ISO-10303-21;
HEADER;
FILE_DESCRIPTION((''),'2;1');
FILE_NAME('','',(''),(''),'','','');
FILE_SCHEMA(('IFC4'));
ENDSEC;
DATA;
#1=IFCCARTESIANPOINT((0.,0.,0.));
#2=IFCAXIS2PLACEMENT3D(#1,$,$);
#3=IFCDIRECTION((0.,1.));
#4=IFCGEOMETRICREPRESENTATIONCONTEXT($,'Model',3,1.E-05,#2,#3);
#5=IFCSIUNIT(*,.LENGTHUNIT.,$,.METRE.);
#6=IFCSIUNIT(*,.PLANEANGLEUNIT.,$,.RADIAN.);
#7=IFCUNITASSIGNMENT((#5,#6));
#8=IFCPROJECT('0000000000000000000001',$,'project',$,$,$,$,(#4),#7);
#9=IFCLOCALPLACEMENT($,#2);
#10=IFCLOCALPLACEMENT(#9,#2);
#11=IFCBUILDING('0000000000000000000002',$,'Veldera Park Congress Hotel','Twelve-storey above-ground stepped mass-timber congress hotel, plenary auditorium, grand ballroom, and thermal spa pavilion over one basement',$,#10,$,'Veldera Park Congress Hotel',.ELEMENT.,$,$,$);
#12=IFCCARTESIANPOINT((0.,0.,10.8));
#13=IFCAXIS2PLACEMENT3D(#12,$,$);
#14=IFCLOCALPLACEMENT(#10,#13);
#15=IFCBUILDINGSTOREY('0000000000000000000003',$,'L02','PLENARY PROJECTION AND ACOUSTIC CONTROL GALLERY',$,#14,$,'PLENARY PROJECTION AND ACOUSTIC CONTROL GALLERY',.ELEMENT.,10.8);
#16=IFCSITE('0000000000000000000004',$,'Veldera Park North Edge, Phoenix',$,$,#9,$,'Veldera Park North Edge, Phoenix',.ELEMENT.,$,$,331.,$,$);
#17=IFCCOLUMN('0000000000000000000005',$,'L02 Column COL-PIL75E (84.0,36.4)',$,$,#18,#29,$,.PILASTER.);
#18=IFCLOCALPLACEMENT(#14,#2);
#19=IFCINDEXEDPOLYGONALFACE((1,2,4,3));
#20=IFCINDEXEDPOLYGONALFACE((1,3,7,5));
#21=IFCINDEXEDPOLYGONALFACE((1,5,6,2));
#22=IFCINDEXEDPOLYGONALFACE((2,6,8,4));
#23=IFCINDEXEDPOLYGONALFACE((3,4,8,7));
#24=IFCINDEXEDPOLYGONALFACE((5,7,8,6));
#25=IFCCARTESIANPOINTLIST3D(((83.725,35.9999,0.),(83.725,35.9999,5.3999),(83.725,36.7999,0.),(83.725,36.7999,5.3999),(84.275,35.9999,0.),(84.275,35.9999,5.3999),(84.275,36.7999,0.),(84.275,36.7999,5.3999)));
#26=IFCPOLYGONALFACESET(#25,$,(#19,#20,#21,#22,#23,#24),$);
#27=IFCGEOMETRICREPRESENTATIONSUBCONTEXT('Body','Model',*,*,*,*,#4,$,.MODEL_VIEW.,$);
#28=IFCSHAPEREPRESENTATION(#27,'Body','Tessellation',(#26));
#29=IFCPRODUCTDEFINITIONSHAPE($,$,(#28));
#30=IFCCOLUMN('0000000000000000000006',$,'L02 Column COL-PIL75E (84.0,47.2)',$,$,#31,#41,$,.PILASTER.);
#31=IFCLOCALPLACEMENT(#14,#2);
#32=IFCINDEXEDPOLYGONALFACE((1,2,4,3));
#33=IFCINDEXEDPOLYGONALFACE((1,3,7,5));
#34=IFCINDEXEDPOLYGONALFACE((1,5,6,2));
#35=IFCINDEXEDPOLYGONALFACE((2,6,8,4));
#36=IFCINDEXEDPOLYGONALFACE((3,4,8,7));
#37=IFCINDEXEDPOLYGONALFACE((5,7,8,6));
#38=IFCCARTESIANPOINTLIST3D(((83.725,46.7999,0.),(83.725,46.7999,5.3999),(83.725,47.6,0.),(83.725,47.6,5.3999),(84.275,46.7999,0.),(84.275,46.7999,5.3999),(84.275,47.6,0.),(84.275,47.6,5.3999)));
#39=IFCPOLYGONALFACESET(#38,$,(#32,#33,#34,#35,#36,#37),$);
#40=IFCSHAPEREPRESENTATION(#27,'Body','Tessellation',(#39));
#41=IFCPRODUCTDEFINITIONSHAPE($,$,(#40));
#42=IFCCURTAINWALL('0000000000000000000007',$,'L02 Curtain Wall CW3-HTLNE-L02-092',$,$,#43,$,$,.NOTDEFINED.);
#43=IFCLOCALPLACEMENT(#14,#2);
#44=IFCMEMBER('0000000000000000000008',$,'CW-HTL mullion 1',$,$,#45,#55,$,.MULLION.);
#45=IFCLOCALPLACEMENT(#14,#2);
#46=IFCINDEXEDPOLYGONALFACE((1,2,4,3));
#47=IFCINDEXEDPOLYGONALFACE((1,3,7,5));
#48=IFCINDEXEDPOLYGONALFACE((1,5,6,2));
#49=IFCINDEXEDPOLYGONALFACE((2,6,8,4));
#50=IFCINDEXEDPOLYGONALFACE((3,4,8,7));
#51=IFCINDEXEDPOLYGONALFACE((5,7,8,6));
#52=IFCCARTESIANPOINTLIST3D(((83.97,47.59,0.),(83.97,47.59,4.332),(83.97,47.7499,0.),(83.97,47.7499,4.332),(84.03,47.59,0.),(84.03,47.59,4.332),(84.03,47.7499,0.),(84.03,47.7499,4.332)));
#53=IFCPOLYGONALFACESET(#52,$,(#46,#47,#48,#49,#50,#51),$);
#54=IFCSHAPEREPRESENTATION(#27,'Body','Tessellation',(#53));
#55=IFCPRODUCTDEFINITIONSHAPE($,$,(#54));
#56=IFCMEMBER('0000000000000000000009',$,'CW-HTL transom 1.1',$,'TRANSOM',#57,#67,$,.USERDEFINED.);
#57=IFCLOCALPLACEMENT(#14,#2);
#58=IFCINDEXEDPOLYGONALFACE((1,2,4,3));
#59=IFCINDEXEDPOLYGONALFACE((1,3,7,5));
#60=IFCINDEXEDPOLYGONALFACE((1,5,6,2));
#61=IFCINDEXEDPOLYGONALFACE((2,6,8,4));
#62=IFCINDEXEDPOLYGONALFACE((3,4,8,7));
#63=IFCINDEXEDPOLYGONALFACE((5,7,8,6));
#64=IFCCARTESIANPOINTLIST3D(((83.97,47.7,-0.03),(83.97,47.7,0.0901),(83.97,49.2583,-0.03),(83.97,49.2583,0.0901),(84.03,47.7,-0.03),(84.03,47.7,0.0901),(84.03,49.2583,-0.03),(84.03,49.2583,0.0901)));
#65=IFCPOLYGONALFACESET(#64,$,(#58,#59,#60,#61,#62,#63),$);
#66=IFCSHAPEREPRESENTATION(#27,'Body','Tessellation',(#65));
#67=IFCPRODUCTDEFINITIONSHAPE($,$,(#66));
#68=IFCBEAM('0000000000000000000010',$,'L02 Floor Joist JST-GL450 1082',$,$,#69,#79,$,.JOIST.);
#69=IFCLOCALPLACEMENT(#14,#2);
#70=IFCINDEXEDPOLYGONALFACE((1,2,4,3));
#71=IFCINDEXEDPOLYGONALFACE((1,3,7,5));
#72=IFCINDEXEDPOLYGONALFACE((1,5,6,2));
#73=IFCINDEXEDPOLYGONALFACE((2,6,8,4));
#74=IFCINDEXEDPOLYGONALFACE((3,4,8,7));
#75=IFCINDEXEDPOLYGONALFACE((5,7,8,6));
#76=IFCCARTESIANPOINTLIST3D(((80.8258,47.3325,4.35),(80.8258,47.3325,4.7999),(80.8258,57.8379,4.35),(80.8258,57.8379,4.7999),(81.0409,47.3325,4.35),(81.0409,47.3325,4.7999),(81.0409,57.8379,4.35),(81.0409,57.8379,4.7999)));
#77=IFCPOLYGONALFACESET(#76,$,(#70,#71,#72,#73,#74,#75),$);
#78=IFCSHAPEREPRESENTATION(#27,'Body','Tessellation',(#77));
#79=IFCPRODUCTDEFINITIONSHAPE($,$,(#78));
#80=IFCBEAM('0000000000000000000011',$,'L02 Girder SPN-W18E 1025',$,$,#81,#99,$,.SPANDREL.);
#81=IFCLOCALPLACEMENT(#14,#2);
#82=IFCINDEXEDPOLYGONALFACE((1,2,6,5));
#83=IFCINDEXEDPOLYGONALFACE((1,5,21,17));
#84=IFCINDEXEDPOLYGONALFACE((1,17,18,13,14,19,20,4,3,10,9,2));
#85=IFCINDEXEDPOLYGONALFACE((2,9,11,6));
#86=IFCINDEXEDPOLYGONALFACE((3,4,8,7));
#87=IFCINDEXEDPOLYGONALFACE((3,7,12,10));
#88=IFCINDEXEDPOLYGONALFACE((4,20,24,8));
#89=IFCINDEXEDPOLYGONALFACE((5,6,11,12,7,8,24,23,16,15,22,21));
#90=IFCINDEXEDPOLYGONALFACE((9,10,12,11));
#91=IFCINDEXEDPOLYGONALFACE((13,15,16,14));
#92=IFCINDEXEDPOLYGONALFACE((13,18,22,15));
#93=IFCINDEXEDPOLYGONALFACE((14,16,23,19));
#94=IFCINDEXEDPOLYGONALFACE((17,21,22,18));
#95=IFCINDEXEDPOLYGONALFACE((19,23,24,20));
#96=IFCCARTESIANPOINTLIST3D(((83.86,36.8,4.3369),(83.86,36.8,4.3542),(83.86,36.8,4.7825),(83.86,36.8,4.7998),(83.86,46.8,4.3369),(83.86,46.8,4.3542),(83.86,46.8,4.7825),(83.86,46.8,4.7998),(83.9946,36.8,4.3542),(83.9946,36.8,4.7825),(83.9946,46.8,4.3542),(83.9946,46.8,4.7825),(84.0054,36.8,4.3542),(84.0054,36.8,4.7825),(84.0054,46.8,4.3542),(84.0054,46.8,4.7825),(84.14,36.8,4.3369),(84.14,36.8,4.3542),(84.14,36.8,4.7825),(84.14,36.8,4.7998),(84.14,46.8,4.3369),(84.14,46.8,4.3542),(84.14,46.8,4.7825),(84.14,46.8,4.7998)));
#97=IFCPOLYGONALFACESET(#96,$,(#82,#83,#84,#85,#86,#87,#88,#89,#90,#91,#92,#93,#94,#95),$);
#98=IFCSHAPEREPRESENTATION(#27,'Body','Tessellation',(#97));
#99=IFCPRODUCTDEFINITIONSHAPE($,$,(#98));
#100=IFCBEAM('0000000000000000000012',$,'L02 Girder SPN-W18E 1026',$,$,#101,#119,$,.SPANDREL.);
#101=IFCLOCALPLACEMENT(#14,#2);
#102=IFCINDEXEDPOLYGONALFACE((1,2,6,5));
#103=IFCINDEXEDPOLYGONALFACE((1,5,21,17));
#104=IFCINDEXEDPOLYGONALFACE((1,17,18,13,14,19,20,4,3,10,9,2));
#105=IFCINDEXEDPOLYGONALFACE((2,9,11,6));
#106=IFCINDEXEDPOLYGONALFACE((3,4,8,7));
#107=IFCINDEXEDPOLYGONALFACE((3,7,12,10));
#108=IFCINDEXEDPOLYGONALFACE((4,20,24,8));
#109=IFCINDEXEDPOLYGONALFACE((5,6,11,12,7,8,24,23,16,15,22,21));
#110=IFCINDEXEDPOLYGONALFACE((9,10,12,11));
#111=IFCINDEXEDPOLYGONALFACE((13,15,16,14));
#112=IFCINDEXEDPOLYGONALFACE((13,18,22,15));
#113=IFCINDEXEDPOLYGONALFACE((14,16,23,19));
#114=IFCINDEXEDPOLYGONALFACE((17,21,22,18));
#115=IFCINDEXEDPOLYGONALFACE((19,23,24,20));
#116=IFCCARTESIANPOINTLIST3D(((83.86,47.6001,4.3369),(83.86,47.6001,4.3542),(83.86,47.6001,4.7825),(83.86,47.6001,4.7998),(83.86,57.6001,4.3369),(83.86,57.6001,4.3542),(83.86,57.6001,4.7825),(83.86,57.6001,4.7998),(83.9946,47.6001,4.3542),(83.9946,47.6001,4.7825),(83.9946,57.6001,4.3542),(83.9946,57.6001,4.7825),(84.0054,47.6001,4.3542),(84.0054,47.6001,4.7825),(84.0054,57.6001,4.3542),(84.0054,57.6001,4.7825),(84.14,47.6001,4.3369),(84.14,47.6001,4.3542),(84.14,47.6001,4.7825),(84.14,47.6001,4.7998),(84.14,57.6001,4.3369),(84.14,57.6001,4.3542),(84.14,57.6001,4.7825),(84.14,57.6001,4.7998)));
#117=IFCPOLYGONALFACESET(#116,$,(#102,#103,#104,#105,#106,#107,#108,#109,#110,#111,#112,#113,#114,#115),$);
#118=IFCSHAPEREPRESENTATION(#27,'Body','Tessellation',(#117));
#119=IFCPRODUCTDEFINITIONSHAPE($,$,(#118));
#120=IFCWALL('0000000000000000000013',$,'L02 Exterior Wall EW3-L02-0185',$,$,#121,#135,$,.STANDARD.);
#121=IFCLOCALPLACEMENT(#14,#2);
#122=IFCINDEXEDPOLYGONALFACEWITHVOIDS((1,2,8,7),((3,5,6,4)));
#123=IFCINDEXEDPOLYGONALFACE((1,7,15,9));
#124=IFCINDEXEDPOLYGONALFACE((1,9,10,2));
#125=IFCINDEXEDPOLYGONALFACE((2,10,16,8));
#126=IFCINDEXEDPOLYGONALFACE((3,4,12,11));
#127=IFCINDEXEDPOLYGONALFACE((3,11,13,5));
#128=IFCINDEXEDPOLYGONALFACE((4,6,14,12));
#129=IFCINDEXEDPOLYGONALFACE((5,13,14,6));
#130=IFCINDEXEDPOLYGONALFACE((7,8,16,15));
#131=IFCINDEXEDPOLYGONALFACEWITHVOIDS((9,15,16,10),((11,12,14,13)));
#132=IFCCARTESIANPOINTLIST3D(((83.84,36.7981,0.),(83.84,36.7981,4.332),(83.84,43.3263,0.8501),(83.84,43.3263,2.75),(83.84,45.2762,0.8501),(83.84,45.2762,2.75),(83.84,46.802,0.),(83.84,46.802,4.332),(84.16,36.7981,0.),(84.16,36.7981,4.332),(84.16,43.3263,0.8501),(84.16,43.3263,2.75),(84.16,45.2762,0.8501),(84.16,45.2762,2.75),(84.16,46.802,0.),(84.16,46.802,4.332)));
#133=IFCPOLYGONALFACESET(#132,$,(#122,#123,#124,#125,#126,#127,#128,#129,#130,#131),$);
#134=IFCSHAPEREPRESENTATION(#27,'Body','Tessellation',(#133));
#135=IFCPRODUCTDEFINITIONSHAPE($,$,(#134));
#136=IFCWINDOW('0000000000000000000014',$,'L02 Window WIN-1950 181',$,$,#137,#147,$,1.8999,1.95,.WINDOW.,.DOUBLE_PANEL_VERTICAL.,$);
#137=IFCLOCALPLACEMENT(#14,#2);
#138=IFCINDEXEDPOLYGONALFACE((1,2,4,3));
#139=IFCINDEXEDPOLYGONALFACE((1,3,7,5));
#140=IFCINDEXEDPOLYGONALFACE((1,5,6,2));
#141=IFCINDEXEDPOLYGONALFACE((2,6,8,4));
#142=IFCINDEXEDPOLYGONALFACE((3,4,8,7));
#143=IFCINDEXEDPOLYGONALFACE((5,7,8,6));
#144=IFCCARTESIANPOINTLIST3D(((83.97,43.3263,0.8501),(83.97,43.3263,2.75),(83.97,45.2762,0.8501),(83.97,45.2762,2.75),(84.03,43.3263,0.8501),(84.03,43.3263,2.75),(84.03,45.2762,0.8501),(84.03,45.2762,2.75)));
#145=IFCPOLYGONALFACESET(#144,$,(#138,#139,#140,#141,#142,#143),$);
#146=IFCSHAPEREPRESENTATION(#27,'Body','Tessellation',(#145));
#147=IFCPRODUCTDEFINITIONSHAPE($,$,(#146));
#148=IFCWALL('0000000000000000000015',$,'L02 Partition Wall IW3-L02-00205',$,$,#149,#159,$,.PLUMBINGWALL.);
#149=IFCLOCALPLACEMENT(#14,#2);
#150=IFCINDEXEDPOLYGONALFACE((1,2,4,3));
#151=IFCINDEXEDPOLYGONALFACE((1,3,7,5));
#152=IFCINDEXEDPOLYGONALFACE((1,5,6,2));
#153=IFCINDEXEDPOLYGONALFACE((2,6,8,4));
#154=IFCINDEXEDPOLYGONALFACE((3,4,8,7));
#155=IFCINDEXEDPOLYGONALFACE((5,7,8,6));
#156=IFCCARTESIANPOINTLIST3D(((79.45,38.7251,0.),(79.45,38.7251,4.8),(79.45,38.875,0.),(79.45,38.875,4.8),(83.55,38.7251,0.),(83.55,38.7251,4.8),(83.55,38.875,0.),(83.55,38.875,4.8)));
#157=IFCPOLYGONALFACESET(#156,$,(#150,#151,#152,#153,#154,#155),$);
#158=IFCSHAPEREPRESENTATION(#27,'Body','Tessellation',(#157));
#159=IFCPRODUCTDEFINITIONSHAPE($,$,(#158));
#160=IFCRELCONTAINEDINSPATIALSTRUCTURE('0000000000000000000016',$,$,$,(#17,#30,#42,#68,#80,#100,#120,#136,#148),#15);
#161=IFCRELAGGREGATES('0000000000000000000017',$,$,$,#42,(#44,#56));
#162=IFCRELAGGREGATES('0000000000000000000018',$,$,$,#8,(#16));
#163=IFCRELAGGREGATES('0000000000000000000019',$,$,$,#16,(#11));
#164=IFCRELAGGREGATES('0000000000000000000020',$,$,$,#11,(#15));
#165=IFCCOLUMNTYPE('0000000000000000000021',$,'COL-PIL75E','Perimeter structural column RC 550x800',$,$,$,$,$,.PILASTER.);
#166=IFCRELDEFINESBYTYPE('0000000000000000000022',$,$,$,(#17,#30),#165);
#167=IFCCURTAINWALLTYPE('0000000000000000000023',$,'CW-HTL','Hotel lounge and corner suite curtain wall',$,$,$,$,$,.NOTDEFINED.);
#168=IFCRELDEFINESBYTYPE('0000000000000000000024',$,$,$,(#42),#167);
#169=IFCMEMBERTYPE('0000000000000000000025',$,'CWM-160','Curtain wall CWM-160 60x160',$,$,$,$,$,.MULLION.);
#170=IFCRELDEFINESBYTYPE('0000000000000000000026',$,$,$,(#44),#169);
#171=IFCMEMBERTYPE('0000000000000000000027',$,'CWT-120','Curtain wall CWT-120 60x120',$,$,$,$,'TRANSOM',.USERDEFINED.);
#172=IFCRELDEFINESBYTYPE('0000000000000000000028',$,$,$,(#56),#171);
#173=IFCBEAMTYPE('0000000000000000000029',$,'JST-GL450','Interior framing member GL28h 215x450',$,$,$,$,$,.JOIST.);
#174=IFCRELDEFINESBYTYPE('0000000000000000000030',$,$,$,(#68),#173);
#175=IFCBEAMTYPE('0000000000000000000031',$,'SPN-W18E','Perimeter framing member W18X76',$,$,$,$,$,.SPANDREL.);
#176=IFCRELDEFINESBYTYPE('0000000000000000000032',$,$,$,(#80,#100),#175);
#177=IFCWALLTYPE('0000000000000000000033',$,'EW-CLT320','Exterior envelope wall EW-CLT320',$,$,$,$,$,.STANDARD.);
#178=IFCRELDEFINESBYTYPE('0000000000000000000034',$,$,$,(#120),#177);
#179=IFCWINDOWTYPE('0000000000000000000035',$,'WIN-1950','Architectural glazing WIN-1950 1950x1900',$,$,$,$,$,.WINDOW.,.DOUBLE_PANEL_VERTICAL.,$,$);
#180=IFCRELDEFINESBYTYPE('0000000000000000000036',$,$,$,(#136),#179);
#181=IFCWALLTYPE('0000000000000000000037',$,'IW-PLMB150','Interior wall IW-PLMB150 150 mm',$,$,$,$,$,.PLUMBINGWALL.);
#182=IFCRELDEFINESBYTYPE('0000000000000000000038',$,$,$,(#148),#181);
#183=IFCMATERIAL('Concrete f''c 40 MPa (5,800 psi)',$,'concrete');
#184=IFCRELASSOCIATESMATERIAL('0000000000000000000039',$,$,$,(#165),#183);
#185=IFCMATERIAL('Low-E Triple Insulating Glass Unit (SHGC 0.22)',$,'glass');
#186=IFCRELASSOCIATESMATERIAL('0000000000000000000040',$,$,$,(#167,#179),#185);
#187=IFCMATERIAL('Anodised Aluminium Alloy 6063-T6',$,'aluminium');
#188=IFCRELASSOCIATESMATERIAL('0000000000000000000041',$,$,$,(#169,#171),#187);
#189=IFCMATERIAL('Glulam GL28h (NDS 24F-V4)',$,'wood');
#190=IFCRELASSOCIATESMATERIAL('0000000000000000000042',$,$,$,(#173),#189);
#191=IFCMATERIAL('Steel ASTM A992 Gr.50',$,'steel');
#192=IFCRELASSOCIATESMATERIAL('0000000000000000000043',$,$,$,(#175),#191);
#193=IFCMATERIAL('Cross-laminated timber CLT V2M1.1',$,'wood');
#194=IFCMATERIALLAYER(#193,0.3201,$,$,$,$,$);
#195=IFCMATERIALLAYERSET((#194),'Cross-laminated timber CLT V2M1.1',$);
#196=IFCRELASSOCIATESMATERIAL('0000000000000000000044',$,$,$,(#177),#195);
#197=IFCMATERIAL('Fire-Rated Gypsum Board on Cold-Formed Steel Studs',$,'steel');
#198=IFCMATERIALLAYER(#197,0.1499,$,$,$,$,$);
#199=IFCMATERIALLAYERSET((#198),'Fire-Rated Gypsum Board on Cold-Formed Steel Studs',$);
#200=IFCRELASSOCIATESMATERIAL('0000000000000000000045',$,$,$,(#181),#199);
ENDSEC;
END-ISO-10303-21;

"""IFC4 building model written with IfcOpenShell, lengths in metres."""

from ifc_helpers import new_model, si_unit, direction, frame, frame_2d, origin, origin_2d, place, context, subcontext, project, spatial, rectangle, i_section, extrude, material, layer, layer_set, material_profile, profile_set, type_object, element, fill, aggregate, save


model = new_model("IFC4")

# Units and contexts
model_context = context("Model", 3, precision=1e-05, world=origin(), true_north=direction((0.0, 1.0)))
body_context = subcontext(model_context, "Body", "Model", "MODEL_VIEW")
ifc_project = project(units=[si_unit("LENGTHUNIT", "METRE"), si_unit("PLANEANGLEUNIT", "RADIAN")], contexts=[model_context])

# Site, building, storey
site_placement = place(None, origin())
site = spatial("IfcSite", under=ifc_project, at=site_placement, Name="Veldera Park North Edge, Phoenix", LongName="Veldera Park North Edge, Phoenix", CompositionType="ELEMENT", RefElevation=331.0)
building_placement = place(site_placement, origin())
building = spatial("IfcBuilding", under=site, at=building_placement, Name="Veldera Park Congress Hotel", Description="Twelve-storey above-ground stepped mass-timber congress hotel, plenary auditorium, grand ballroom, and thermal spa pavilion over one basement", LongName="Veldera Park Congress Hotel", CompositionType="ELEMENT")
storey_placement = place(building_placement, frame((0.0, 0.0, 10.8)))
storey = spatial("IfcBuildingStorey", under=building, at=storey_placement, Name="L02", Description="PLENARY PROJECTION AND ACOUSTIC CONTROL GALLERY", LongName="PLENARY PROJECTION AND ACOUSTIC CONTROL GALLERY", CompositionType="ELEMENT", Elevation=10.8)

# Columns
ifc_material_1 = material(Name="Concrete f'c 40 MPa (5,800 psi)", Category="concrete")
ifc_material_profile_1 = material_profile(ifc_material_1, rectangle(XDim=0.55, YDim=0.8, at=origin_2d()), Name="RC 550x800")
ifc_profile_set_1 = profile_set([ifc_material_profile_1], Name="Concrete f'c 40 MPa (5,800 psi)")
column_type = type_object("IfcColumnType", Name="COL-PIL75E", Description="Perimeter structural column RC 550x800", PredefinedType="PILASTER", material=ifc_profile_set_1)
for number, where, z_axis, x_axis, name in (
    (1, (84.0, 36.3999, 0.0), (0.0, 0.0, 1.0), (1.0, 0.0, 0.0), "L02 Column COL-PIL75E (84.0,36.4)"),
    (2, (84.0, 47.2, 0.0), (0.0, 0.0, 1.0), (1.0, 0.0, 0.0), "L02 Column COL-PIL75E (84.0,47.2)"),
):
    element("IfcColumn", number, at=place(storey_placement, frame(where, z_axis=z_axis, x_axis=x_axis)), inside=storey, type_object=column_type, Name=name, PredefinedType="PILASTER", context=body_context, shape_type="SweptSolid", body=[
        extrude(rectangle(XDim=0.55, YDim=0.8, at=origin_2d()), origin(), (0.0, 0.0, 1.0), 5.3999),
    ])

# Curtain wall, members
ifc_material_2 = material(Name="Low-E Triple Insulating Glass Unit (SHGC 0.22)", Category="glass")
curtain_wall_type = type_object("IfcCurtainWallType", Name="CW-HTL", Description="Hotel lounge and corner suite curtain wall", PredefinedType="NOTDEFINED", material=ifc_material_2)
curtain_wall_placement = place(storey_placement, origin())
curtain_wall = element("IfcCurtainWall", 3, at=curtain_wall_placement, inside=storey, type_object=curtain_wall_type, Name="L02 Curtain Wall CW3-HTLNE-L02-092", PredefinedType="NOTDEFINED")
ifc_material_3 = material(Name="Anodised Aluminium Alloy 6063-T6", Category="aluminium")
ifc_material_profile_2 = material_profile(ifc_material_3, rectangle(XDim=0.0601, YDim=0.1599, at=origin_2d()), Name="ALU 60x160")
ifc_profile_set_2 = profile_set([ifc_material_profile_2], Name="Anodised Aluminium Alloy 6063-T6")
member_type_1 = type_object("IfcMemberType", Name="CWM-160", Description="Curtain wall CWM-160 60x160", PredefinedType="MULLION", material=ifc_profile_set_2)
member_1_placement = place(storey_placement, frame((84.0, 47.6699, 0.0), z_axis=(0.0, 0.0, 1.0), x_axis=(-1.0, 0.0, 0.0)))
member_1 = element("IfcMember", 4, at=member_1_placement, type_object=member_type_1, Name="CW-HTL mullion 1", PredefinedType="MULLION", context=body_context, shape_type="SweptSolid", body=[
    extrude(rectangle(XDim=0.0601, YDim=0.1599, at=origin_2d()), origin(), (0.0, 0.0, 1.0), 4.332),
])
ifc_material_profile_3 = material_profile(ifc_material_3, rectangle(XDim=0.0601, YDim=0.1201, at=origin_2d()), Name="ALU 60x120")
ifc_profile_set_3 = profile_set([ifc_material_profile_3], Name="Anodised Aluminium Alloy 6063-T6")
member_type_2 = type_object("IfcMemberType", Name="CWT-120", Description="Curtain wall CWT-120 60x120", ElementType="TRANSOM", PredefinedType="USERDEFINED", material=ifc_profile_set_3)
member_2_placement = place(storey_placement, frame((84.0, 47.7, 0.03), z_axis=(0.0, 1.0, 0.0), x_axis=(-1.0, 0.0, 0.0)))
member_2 = element("IfcMember", 5, at=member_2_placement, type_object=member_type_2, Name="CW-HTL transom 1.1", ObjectType="TRANSOM", PredefinedType="USERDEFINED", context=body_context, shape_type="SweptSolid", body=[
    extrude(rectangle(XDim=0.0601, YDim=0.1201, at=origin_2d()), origin(), (0.0, 0.0, 1.0), 1.5583),
])
aggregate(curtain_wall, [member_1, member_2])

# Beams
ifc_material_4 = material(Name="Glulam GL28h (NDS 24F-V4)", Category="wood")
ifc_material_profile_4 = material_profile(ifc_material_4, rectangle(XDim=0.2151, YDim=0.45, at=origin_2d()), Name="GL28h 215x450")
ifc_profile_set_4 = profile_set([ifc_material_profile_4], Name="Glulam GL28h (NDS 24F-V4)")
beam_type_1 = type_object("IfcBeamType", Name="JST-GL450", Description="Interior framing member GL28h 215x450", PredefinedType="JOIST", material=ifc_profile_set_4)
beam_placement = place(storey_placement, frame((80.9333, 47.3325, 4.575), z_axis=(0.0, 1.0, 0.0), x_axis=(-1.0, 0.0, 0.0)))
element("IfcBeam", 6, at=beam_placement, inside=storey, type_object=beam_type_1, Name="L02 Floor Joist JST-GL450 1082", PredefinedType="JOIST", context=body_context, shape_type="SweptSolid", body=[
    extrude(rectangle(XDim=0.2151, YDim=0.45, at=origin_2d()), origin(), (0.0, 0.0, 1.0), 10.5054),
])
ifc_material_5 = material(Name="Steel ASTM A992 Gr.50", Category="steel")
ifc_material_profile_5 = material_profile(ifc_material_5, i_section(OverallWidth=0.28, OverallDepth=0.4629, WebThickness=0.0107, FlangeThickness=0.0173, at=origin_2d()), Name="W18X76")
ifc_profile_set_5 = profile_set([ifc_material_profile_5], Name="Steel ASTM A992 Gr.50")
beam_type_2 = type_object("IfcBeamType", Name="SPN-W18E", Description="Perimeter framing member W18X76", PredefinedType="SPANDREL", material=ifc_profile_set_5)
for number, where, z_axis, x_axis, name in (
    (7, (84.0, 36.8, 4.5684), (0.0, 1.0, 0.0), (-1.0, 0.0, 0.0), "L02 Girder SPN-W18E 1025"),
    (8, (84.0, 47.6001, 4.5684), (0.0, 1.0, 0.0), (-1.0, 0.0, 0.0), "L02 Girder SPN-W18E 1026"),
):
    element("IfcBeam", number, at=place(storey_placement, frame(where, z_axis=z_axis, x_axis=x_axis)), inside=storey, type_object=beam_type_2, Name=name, PredefinedType="SPANDREL", context=body_context, shape_type="SweptSolid", body=[
        extrude(i_section(OverallWidth=0.28, OverallDepth=0.4629, WebThickness=0.0107, FlangeThickness=0.0173, at=origin_2d()), origin(), (0.0, 0.0, 1.0), 10.0),
    ])

# Wall, opening, window
ifc_material_6 = material(Name="Cross-laminated timber CLT V2M1.1", Category="wood")
ifc_layer_1 = layer(ifc_material_6, 0.3201)
ifc_layer_set_1 = layer_set([ifc_layer_1], Name="Cross-laminated timber CLT V2M1.1")
wall_type_1 = type_object("IfcWallType", Name="EW-CLT320", Description="Exterior envelope wall EW-CLT320", PredefinedType="STANDARD", material=ifc_layer_set_1)
wall_1_placement = place(storey_placement, frame((84.0, 36.7981, 0.0), z_axis=(0.0, 0.0, 1.0), x_axis=(0.0, 1.0, 0.0)))
wall_1 = element("IfcWall", 9, at=wall_1_placement, inside=storey, type_object=wall_type_1, Name="L02 Exterior Wall EW3-L02-0185", PredefinedType="STANDARD", context=body_context, shape_type="SweptSolid", body=[
    extrude(rectangle(XDim=10.0039, YDim=0.3201, at=frame_2d((5.002, 0.0))), origin(), (0.0, 0.0, 1.0), 4.332),
])
opening_1_placement = place(wall_1_placement, frame((6.5281, 0.0, 0.8501)))
opening_1 = element("IfcOpeningElement", 10, at=opening_1_placement, cuts=wall_1, PredefinedType="OPENING", context=body_context, shape_type="SweptSolid", body=[
    extrude(rectangle(XDim=1.95, YDim=1.8999, at=frame_2d((0.9751, 0.95))), frame((0.0, 0.1721, 0.0), z_axis=(0.0, -1.0, 0.0), x_axis=(1.0, 0.0, 0.0)), (0.0, 0.0, 1.0), 0.344),
])
window_type = type_object("IfcWindowType", Name="WIN-1950", Description="Architectural glazing WIN-1950 1950x1900", PartitioningType="DOUBLE_PANEL_VERTICAL", PredefinedType="WINDOW", material=ifc_material_2)
window_placement = place(opening_1_placement, origin())
window = element("IfcWindow", 11, at=window_placement, inside=storey, type_object=window_type, Name="L02 Window WIN-1950 181", OverallHeight=1.8999, OverallWidth=1.95, PartitioningType="DOUBLE_PANEL_VERTICAL", PredefinedType="WINDOW", context=body_context, shape_type="SweptSolid", body=[
    extrude(rectangle(XDim=1.95, YDim=1.8999, at=frame_2d((0.9751, 0.95))), frame((0.0, 0.03, 0.0), z_axis=(0.0, -1.0, 0.0), x_axis=(1.0, 0.0, 0.0)), (0.0, 0.0, 1.0), 0.0601),
])
fill(opening_1, window)

# Wall
ifc_material_7 = material(Name="Fire-Rated Gypsum Board on Cold-Formed Steel Studs", Category="steel")
ifc_layer_2 = layer(ifc_material_7, 0.1499)
ifc_layer_set_2 = layer_set([ifc_layer_2], Name="Fire-Rated Gypsum Board on Cold-Formed Steel Studs")
wall_type_2 = type_object("IfcWallType", Name="IW-PLMB150", Description="Interior wall IW-PLMB150 150 mm", PredefinedType="PLUMBINGWALL", material=ifc_layer_set_2)
wall_2_placement = place(storey_placement, frame((83.55, 38.8, 0.0), z_axis=(0.0, 0.0, 1.0), x_axis=(-1.0, 0.0, 0.0)))
element("IfcWall", 12, at=wall_2_placement, inside=storey, type_object=wall_type_2, Name="L02 Partition Wall IW3-L02-00205", PredefinedType="PLUMBINGWALL", context=body_context, shape_type="SweptSolid", body=[
    extrude(rectangle(XDim=4.1001, YDim=0.1499, at=frame_2d((2.05, 0.0))), origin(), (0.0, 0.0, 1.0), 4.8),
])

save(model, "model.ifc")
